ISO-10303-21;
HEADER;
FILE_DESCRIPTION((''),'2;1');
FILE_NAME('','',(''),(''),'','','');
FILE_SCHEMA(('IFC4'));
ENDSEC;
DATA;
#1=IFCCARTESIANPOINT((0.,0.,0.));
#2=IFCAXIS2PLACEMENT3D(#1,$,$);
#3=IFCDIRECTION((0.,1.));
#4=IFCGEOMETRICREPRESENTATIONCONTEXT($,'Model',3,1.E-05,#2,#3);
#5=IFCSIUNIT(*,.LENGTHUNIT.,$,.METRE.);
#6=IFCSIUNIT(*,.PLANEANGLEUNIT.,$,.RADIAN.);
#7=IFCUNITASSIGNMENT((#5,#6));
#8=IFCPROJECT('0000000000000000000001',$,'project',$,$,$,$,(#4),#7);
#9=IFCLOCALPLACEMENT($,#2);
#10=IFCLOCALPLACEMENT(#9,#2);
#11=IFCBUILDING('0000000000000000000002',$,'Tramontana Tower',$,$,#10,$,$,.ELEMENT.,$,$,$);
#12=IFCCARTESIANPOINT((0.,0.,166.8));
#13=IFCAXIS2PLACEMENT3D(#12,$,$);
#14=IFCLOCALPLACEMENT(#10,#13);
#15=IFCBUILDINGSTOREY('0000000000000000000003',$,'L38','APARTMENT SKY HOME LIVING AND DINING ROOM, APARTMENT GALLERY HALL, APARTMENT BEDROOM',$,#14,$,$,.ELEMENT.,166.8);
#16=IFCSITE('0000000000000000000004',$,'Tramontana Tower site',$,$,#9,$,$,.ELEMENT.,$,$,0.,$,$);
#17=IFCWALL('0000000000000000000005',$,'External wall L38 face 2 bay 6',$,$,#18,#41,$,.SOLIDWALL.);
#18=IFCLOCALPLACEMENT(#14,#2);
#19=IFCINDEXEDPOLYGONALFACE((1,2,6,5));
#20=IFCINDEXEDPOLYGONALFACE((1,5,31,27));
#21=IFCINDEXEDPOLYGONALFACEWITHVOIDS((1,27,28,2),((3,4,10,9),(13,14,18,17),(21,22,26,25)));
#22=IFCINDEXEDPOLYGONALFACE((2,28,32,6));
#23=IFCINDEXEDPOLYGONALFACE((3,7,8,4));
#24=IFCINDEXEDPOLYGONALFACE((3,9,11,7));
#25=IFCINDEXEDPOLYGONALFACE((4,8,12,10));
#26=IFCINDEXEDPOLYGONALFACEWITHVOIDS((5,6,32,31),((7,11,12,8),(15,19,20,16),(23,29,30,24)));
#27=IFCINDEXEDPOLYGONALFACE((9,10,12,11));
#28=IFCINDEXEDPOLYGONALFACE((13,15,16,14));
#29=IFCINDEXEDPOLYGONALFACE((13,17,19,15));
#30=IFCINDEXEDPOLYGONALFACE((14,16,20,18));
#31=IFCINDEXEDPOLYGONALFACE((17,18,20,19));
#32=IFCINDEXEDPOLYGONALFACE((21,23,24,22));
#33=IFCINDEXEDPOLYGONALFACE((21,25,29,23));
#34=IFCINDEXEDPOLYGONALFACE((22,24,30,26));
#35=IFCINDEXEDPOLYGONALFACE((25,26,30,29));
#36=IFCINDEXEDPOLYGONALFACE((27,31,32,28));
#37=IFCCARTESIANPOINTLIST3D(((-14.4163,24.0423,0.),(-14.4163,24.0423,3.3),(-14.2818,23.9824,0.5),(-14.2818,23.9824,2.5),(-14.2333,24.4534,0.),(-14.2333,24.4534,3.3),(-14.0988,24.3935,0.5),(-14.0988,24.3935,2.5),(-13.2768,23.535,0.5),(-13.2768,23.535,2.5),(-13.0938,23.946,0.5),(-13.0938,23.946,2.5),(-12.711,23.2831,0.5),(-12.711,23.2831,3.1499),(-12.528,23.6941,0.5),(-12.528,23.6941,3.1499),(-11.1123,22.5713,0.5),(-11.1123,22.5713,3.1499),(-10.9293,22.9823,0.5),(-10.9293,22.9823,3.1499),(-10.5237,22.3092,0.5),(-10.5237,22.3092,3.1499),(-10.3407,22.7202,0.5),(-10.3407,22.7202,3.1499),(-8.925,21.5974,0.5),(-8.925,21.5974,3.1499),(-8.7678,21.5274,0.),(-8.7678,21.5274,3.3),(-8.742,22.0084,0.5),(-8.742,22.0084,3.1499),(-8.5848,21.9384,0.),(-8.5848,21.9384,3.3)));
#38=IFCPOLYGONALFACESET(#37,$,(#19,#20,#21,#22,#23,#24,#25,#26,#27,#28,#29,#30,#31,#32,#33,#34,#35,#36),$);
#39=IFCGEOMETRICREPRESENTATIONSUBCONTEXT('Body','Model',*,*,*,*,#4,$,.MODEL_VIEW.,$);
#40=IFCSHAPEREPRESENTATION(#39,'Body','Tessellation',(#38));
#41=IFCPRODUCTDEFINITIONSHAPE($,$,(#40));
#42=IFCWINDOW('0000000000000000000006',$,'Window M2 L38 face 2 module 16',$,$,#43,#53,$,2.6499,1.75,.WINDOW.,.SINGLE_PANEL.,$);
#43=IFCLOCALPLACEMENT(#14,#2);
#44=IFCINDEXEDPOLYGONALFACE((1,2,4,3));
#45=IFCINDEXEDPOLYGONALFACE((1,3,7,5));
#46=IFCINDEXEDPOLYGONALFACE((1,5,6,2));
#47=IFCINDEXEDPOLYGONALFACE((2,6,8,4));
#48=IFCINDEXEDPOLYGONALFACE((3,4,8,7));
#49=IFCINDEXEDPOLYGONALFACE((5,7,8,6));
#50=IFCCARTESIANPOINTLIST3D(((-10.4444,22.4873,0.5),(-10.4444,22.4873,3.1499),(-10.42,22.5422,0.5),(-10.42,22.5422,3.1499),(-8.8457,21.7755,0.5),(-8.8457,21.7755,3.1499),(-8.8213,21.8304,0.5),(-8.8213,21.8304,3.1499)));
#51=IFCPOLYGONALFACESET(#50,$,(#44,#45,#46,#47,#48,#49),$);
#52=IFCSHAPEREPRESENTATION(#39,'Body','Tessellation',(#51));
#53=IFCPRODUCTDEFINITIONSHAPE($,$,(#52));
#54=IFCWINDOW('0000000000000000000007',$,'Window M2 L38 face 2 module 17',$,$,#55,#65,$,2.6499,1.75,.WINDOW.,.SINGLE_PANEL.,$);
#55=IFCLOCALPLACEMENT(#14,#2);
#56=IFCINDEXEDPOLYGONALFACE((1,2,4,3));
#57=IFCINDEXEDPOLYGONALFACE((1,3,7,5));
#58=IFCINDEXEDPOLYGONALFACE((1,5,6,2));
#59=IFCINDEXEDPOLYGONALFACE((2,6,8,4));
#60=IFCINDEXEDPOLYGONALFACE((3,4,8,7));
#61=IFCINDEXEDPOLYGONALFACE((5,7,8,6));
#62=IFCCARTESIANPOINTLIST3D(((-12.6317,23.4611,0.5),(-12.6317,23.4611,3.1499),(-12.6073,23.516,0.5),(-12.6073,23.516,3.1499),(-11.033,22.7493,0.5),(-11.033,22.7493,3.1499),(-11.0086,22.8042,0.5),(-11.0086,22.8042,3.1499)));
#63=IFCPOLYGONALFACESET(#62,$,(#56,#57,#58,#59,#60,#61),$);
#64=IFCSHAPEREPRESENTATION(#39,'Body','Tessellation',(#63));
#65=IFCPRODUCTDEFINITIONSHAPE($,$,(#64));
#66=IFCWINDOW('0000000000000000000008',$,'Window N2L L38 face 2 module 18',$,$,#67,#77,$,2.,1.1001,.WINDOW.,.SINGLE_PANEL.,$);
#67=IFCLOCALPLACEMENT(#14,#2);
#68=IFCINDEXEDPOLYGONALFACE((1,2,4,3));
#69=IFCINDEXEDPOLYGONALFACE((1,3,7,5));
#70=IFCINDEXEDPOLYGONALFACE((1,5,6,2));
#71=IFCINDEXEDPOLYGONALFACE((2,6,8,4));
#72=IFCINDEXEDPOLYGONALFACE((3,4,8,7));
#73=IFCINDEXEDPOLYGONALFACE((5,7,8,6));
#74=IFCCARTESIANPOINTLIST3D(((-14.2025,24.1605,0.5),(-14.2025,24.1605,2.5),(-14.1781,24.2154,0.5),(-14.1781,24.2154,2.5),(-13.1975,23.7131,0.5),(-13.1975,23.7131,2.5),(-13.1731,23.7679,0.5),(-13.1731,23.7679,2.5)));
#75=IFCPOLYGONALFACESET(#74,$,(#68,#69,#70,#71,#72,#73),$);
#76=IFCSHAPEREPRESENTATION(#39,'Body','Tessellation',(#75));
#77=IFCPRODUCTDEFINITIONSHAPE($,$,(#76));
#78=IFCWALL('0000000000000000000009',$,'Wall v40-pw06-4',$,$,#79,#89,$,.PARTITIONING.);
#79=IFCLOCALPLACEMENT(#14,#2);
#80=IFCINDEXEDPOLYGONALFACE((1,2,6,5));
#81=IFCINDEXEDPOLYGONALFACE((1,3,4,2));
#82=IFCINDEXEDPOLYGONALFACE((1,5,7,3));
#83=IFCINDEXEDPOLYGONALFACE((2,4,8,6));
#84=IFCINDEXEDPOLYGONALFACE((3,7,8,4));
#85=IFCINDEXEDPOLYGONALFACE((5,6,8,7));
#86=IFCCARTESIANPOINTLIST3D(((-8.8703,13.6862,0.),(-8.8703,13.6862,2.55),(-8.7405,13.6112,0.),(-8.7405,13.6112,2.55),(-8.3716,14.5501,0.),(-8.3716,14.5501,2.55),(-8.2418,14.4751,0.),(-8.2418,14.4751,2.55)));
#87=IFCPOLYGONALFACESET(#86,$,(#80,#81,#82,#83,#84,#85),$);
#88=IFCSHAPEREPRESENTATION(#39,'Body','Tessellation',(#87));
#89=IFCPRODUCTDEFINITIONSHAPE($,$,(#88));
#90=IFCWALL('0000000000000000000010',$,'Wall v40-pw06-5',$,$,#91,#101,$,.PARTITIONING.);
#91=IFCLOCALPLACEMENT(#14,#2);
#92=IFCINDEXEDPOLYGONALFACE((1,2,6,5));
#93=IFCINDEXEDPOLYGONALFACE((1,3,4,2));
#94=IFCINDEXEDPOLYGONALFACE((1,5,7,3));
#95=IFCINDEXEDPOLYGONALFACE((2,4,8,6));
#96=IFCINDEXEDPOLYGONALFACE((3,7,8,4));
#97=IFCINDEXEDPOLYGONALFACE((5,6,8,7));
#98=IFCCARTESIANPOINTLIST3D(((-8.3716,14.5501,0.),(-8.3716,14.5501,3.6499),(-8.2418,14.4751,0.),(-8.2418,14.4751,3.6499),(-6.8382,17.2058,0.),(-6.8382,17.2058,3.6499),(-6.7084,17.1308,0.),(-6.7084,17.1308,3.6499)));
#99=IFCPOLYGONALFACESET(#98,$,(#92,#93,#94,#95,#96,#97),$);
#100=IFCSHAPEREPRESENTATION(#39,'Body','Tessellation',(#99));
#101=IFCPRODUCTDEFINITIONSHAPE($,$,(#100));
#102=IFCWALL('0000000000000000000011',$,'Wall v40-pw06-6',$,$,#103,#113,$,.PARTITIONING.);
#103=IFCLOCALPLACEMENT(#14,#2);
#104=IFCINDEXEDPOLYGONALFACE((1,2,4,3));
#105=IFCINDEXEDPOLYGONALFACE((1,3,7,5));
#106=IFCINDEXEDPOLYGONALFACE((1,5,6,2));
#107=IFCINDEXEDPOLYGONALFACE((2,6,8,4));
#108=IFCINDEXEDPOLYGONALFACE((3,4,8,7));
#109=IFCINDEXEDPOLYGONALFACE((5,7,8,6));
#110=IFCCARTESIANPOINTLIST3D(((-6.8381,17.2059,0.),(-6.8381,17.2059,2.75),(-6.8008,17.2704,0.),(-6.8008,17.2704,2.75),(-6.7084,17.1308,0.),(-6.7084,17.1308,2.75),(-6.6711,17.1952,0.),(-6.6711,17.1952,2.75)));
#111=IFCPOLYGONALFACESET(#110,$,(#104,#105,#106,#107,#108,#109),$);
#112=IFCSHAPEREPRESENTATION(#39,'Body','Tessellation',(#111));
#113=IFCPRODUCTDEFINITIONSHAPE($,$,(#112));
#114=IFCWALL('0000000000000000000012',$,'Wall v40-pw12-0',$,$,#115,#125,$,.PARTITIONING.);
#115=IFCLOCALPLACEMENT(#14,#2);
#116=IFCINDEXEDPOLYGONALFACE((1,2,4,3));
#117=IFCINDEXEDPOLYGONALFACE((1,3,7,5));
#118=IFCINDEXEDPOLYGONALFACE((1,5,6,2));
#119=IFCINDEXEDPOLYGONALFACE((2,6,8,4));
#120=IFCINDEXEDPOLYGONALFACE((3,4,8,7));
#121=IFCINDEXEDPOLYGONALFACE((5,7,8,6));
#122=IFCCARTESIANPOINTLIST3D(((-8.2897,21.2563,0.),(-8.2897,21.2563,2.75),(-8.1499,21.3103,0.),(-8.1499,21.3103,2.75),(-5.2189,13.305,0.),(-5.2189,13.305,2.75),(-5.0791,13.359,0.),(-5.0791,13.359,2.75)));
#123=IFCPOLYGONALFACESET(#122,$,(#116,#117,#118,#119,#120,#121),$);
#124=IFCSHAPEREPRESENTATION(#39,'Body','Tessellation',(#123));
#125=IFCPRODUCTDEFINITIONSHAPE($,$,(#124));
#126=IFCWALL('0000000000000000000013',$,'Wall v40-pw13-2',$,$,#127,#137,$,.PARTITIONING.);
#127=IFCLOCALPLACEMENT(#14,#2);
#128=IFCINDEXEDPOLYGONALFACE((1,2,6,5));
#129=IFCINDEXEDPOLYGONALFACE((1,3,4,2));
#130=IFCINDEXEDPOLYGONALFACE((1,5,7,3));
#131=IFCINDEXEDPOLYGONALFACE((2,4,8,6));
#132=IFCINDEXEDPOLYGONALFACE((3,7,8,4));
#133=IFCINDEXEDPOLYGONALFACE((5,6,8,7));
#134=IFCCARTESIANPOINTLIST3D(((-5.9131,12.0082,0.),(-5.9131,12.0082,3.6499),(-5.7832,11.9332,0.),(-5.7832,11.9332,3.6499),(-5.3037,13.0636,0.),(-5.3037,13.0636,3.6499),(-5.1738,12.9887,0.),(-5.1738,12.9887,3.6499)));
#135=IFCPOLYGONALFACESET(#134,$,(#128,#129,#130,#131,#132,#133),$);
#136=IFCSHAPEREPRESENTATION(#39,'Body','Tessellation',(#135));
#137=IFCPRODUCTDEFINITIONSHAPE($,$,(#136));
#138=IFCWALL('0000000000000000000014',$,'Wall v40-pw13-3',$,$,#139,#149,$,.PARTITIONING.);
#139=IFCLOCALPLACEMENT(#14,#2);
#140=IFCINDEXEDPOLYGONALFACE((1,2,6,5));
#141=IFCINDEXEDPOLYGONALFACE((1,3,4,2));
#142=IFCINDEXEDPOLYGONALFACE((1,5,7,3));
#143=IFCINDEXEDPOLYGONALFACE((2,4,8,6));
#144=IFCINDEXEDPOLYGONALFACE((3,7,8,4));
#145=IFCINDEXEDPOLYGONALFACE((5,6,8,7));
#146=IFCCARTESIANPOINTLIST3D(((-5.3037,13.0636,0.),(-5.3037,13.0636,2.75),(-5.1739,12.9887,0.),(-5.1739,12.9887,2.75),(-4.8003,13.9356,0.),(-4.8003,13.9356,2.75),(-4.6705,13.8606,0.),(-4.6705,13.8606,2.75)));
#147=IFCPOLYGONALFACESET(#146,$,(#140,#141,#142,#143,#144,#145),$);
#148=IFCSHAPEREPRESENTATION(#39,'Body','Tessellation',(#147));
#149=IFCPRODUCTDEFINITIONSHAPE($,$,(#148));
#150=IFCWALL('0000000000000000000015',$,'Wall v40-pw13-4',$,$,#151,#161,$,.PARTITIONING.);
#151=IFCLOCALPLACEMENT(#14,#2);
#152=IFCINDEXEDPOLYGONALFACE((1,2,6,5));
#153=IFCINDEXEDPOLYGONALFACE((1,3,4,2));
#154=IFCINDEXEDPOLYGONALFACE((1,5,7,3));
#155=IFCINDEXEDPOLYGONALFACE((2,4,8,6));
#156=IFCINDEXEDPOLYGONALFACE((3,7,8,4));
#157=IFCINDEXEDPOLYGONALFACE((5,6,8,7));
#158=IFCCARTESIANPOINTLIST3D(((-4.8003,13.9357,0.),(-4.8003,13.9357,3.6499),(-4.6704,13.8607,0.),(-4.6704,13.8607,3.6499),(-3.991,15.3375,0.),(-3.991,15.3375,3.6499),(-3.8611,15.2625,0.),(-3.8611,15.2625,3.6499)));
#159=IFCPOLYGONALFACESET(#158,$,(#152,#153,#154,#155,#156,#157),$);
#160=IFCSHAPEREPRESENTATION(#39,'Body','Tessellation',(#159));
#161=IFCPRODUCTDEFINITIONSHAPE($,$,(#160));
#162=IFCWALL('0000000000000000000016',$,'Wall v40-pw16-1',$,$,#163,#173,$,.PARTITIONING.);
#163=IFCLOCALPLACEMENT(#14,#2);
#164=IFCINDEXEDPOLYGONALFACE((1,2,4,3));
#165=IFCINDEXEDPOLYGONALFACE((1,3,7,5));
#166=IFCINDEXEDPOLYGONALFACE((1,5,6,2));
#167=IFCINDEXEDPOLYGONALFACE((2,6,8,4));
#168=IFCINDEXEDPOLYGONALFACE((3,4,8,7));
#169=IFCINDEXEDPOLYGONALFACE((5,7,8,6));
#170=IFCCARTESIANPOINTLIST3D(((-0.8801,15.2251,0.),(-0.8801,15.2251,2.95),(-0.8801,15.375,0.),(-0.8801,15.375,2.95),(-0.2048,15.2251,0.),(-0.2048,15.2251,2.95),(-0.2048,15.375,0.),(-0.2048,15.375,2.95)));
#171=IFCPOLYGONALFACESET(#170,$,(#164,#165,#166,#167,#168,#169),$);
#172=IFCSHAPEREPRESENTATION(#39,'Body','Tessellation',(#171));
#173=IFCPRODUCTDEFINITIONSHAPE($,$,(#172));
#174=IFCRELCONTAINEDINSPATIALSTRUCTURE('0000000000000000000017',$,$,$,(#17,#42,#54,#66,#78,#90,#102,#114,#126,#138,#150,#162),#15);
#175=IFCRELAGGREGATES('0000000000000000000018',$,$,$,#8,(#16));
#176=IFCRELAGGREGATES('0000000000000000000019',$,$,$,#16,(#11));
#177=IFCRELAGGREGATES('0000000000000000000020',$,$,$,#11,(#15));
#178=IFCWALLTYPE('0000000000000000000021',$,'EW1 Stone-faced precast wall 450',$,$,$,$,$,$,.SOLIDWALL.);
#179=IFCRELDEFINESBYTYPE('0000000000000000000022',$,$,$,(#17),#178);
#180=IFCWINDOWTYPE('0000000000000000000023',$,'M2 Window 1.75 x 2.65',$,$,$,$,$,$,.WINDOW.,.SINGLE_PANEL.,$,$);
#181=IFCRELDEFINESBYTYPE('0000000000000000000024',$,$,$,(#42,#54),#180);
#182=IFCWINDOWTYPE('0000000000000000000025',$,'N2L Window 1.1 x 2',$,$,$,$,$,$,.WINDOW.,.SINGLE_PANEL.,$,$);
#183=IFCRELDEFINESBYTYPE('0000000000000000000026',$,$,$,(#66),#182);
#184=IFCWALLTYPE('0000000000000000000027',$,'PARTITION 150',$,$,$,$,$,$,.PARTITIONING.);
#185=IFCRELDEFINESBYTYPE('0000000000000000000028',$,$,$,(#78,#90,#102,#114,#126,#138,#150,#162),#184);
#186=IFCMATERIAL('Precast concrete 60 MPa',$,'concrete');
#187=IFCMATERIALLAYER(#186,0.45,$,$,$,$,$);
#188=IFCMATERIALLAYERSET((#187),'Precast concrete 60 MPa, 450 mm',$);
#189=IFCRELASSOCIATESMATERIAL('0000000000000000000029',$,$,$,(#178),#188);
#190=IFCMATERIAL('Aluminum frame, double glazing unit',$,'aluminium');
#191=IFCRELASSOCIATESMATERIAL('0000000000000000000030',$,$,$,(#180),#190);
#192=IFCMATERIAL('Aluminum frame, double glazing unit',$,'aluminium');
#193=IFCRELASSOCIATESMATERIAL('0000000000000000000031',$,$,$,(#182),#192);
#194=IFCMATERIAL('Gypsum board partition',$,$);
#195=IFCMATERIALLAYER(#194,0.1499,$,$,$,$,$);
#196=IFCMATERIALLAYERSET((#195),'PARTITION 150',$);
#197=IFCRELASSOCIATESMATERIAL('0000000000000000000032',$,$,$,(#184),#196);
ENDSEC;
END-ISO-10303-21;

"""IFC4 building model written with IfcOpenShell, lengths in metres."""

from ifc_helpers import new_model, si_unit, direction, frame, frame_2d, origin, place, context, subcontext, project, spatial, rectangle, extrude, material, layer, layer_set, type_object, element, fill, save


model = new_model("IFC4")

# Units and contexts
model_context = context("Model", 3, precision=1e-05, world=origin(), true_north=direction((0.0, 1.0)))
body_context = subcontext(model_context, "Body", "Model", "MODEL_VIEW")
ifc_project = project(units=[si_unit("LENGTHUNIT", "METRE"), si_unit("PLANEANGLEUNIT", "RADIAN")], contexts=[model_context])

# Site, building, storey
site_placement = place(None, origin())
site = spatial("IfcSite", under=ifc_project, at=site_placement, Name="Tramontana Tower site", CompositionType="ELEMENT", RefElevation=0.0)
building_placement = place(site_placement, origin())
building = spatial("IfcBuilding", under=site, at=building_placement, Name="Tramontana Tower", CompositionType="ELEMENT")
storey_placement = place(building_placement, frame((0.0, 0.0, 166.8)))
storey = spatial("IfcBuildingStorey", under=building, at=storey_placement, Name="L38", Description="APARTMENT SKY HOME LIVING AND DINING ROOM, APARTMENT GALLERY HALL, APARTMENT BEDROOM", CompositionType="ELEMENT", Elevation=166.8)

# Wall, openings, windows
ifc_material_1 = material(Name="Precast concrete 60 MPa", Category="concrete")
ifc_layer_1 = layer(ifc_material_1, 0.45)
ifc_layer_set_1 = layer_set([ifc_layer_1], Name="Precast concrete 60 MPa, 450 mm")
wall_type_1 = type_object("IfcWallType", Name="EW1 Stone-faced precast wall 450", PredefinedType="SOLIDWALL", material=ifc_layer_set_1)
ifc_material_2 = material(Name="Aluminum frame, double glazing unit", Category="aluminium")
window_type_1 = type_object("IfcWindowType", Name="M2 Window 1.75 x 2.65", PartitioningType="SINGLE_PANEL", PredefinedType="WINDOW", material=ifc_material_2)
wall_1_placement = place(storey_placement, frame((-8.6763, 21.7329, 0.0), z_axis=(0.0, 0.0, 1.0), x_axis=(-0.913543, 0.406743, 0.0)))
wall_1 = element("IfcWall", 1, at=wall_1_placement, inside=storey, type_object=wall_type_1, Name="External wall L38 face 2 bay 6", PredefinedType="SOLIDWALL", context=body_context, shape_type="SweptSolid", body=[
    extrude(rectangle(XDim=6.1831, YDim=0.45, at=frame_2d((3.0916, 0.0))), origin(), (0.0, 0.0, 1.0), 3.3),
])
opening_1_placement = place(wall_1_placement, frame((0.1721, 0.0, 0.5)))
opening_1 = element("IfcOpeningElement", 2, at=opening_1_placement, cuts=wall_1, PredefinedType="OPENING", context=body_context, shape_type="SweptSolid", body=[
    extrude(rectangle(XDim=1.75, YDim=2.6499, at=frame_2d((0.875, 1.325))), frame((0.0, 0.2349, 0.0), z_axis=(0.0, -1.0, 0.0), x_axis=(1.0, 0.0, 0.0)), (0.0, 0.0, 1.0), 0.47),
])
opening_2_placement = place(wall_1_placement, frame((2.5664, 0.0, 0.5)))
opening_2 = element("IfcOpeningElement", 3, at=opening_2_placement, cuts=wall_1, PredefinedType="OPENING", context=body_context, shape_type="SweptSolid", body=[
    extrude(rectangle(XDim=1.75, YDim=2.6499, at=frame_2d((0.875, 1.325))), frame((0.0, 0.2349, 0.0), z_axis=(0.0, -1.0, 0.0), x_axis=(1.0, 0.0, 0.0)), (0.0, 0.0, 1.0), 0.47),
])
opening_3_placement = place(wall_1_placement, frame((4.9358, 0.0, 0.5)))
opening_3 = element("IfcOpeningElement", 4, at=opening_3_placement, cuts=wall_1, PredefinedType="OPENING", context=body_context, shape_type="SweptSolid", body=[
    extrude(rectangle(XDim=1.1001, YDim=2.0, at=frame_2d((0.55, 1.0))), frame((0.0, 0.2349, 0.0), z_axis=(0.0, -1.0, 0.0), x_axis=(1.0, 0.0, 0.0)), (0.0, 0.0, 1.0), 0.47),
])
window_1_placement = place(opening_1_placement, origin())
window_1 = element("IfcWindow", 5, at=window_1_placement, inside=storey, type_object=window_type_1, Name="Window M2 L38 face 2 module 16", OverallHeight=2.6499, OverallWidth=1.75, PartitioningType="SINGLE_PANEL", PredefinedType="WINDOW", context=body_context, shape_type="SweptSolid", body=[
    extrude(rectangle(XDim=1.75, YDim=2.6499, at=frame_2d((0.875, 1.325))), frame((0.0, 0.03, 0.0), z_axis=(0.0, -1.0, 0.0), x_axis=(1.0, 0.0, 0.0)), (0.0, 0.0, 1.0), 0.0601),
])
fill(opening_1, window_1)
window_2_placement = place(opening_2_placement, origin())
window_2 = element("IfcWindow", 6, at=window_2_placement, inside=storey, type_object=window_type_1, Name="Window M2 L38 face 2 module 17", OverallHeight=2.6499, OverallWidth=1.75, PartitioningType="SINGLE_PANEL", PredefinedType="WINDOW", context=body_context, shape_type="SweptSolid", body=[
    extrude(rectangle(XDim=1.75, YDim=2.6499, at=frame_2d((0.875, 1.325))), frame((0.0, 0.03, 0.0), z_axis=(0.0, -1.0, 0.0), x_axis=(1.0, 0.0, 0.0)), (0.0, 0.0, 1.0), 0.0601),
])
fill(opening_2, window_2)
ifc_material_3 = material(Name="Aluminum frame, double glazing unit", Category="aluminium")
window_type_2 = type_object("IfcWindowType", Name="N2L Window 1.1 x 2", PartitioningType="SINGLE_PANEL", PredefinedType="WINDOW", material=ifc_material_3)
window_3_placement = place(opening_3_placement, origin())
window_3 = element("IfcWindow", 7, at=window_3_placement, inside=storey, type_object=window_type_2, Name="Window N2L L38 face 2 module 18", OverallHeight=2.0, OverallWidth=1.1001, PartitioningType="SINGLE_PANEL", PredefinedType="WINDOW", context=body_context, shape_type="SweptSolid", body=[
    extrude(rectangle(XDim=1.1001, YDim=2.0, at=frame_2d((0.55, 1.0))), frame((0.0, 0.03, 0.0), z_axis=(0.0, -1.0, 0.0), x_axis=(1.0, 0.0, 0.0)), (0.0, 0.0, 1.0), 0.0601),
])
fill(opening_3, window_3)

# Walls
ifc_material_4 = material(Name="Gypsum board partition")
ifc_layer_2 = layer(ifc_material_4, 0.1499)
ifc_layer_set_2 = layer_set([ifc_layer_2], Name="PARTITION 150")
wall_type_2 = type_object("IfcWallType", Name="PARTITION 150", PredefinedType="PARTITIONING", material=ifc_layer_set_2)
wall_2_placement = place(storey_placement, frame((-8.8054, 13.6487, 0.0), z_axis=(0.0, 0.0, 1.0), x_axis=(0.499955, 0.866051, 0.0)))
element("IfcWall", 8, at=wall_2_placement, inside=storey, type_object=wall_type_2, Name="Wall v40-pw06-4", PredefinedType="PARTITIONING", context=body_context, shape_type="SweptSolid", body=[
    extrude(rectangle(XDim=0.9976, YDim=0.1499, at=frame_2d((0.4988, 0.0))), origin(), (0.0, 0.0, 1.0), 2.55),
])
wall_3_placement = place(storey_placement, frame((-8.3066, 14.5127, 0.0), z_axis=(0.0, 0.0, 1.0), x_axis=(0.500035, 0.866005, 0.0)))
element("IfcWall", 9, at=wall_3_placement, inside=storey, type_object=wall_type_2, Name="Wall v40-pw06-5", PredefinedType="PARTITIONING", context=body_context, shape_type="SweptSolid", body=[
    extrude(rectangle(XDim=3.0667, YDim=0.1499, at=frame_2d((1.5332, 0.0))), origin(), (0.0, 0.0, 1.0), 3.6499),
])
wall_4_placement = place(storey_placement, frame((-6.7732, 17.1685, 0.0), z_axis=(0.0, 0.0, 1.0), x_axis=(0.501424, 0.865202, 0.0)))
element("IfcWall", 10, at=wall_4_placement, inside=storey, type_object=wall_type_2, Name="Wall v40-pw06-6", PredefinedType="PARTITIONING", context=body_context, shape_type="SweptSolid", body=[
    extrude(rectangle(XDim=0.0745, YDim=0.1499, at=frame_2d((0.0371, 0.0))), origin(), (0.0, 0.0, 1.0), 2.75),
])
wall_5_placement = place(storey_placement, frame((-8.2197, 21.2832, 0.0), z_axis=(0.0, 0.0, 1.0), x_axis=(0.360263, -0.932851, 0.0)))
element("IfcWall", 11, at=wall_5_placement, inside=storey, type_object=wall_type_2, Name="Wall v40-pw12-0", PredefinedType="PARTITIONING", context=body_context, shape_type="SweptSolid", body=[
    extrude(rectangle(XDim=8.5237, YDim=0.1499, at=frame_2d((4.2617, 0.0))), origin(), (0.0, 0.0, 1.0), 2.75),
])
wall_6_placement = place(storey_placement, frame((-5.8481, 11.9707, 0.0), z_axis=(0.0, 0.0, 1.0), x_axis=(0.500017, 0.866015, 0.0)))
element("IfcWall", 12, at=wall_6_placement, inside=storey, type_object=wall_type_2, Name="Wall v40-pw13-2", PredefinedType="PARTITIONING", context=body_context, shape_type="SweptSolid", body=[
    extrude(rectangle(XDim=1.2188, YDim=0.1499, at=frame_2d((0.6094, 0.0))), origin(), (0.0, 0.0, 1.0), 3.6499),
])
wall_7_placement = place(storey_placement, frame((-5.2388, 13.0261, 0.0), z_axis=(0.0, 0.0, 1.0), x_axis=(0.499946, 0.866056, 0.0)))
element("IfcWall", 13, at=wall_7_placement, inside=storey, type_object=wall_type_2, Name="Wall v40-pw13-3", PredefinedType="PARTITIONING", context=body_context, shape_type="SweptSolid", body=[
    extrude(rectangle(XDim=1.0068, YDim=0.1499, at=frame_2d((0.5034, 0.0))), origin(), (0.0, 0.0, 1.0), 2.75),
])
wall_8_placement = place(storey_placement, frame((-4.7354, 13.8982, 0.0), z_axis=(0.0, 0.0, 1.0), x_axis=(0.499984, 0.866035, 0.0)))
element("IfcWall", 14, at=wall_8_placement, inside=storey, type_object=wall_type_2, Name="Wall v40-pw13-4", PredefinedType="PARTITIONING", context=body_context, shape_type="SweptSolid", body=[
    extrude(rectangle(XDim=1.6187, YDim=0.1499, at=frame_2d((0.8093, 0.0))), origin(), (0.0, 0.0, 1.0), 3.6499),
])

# Wall
wall_9_placement = place(storey_placement, frame((-0.8801, 15.3, 0.0), z_axis=(0.0, 0.0, 1.0), x_axis=(1.0, 0.0, 0.0)))
element("IfcWall", 15, at=wall_9_placement, inside=storey, type_object=wall_type_2, Name="Wall v40-pw16-1", PredefinedType="PARTITIONING", context=body_context, shape_type="SweptSolid", body=[
    extrude(rectangle(XDim=0.6753, YDim=0.1499, at=frame_2d((0.3376, 0.0))), origin(), (0.0, 0.0, 1.0), 2.95),
])

save(model, "model.ifc")
